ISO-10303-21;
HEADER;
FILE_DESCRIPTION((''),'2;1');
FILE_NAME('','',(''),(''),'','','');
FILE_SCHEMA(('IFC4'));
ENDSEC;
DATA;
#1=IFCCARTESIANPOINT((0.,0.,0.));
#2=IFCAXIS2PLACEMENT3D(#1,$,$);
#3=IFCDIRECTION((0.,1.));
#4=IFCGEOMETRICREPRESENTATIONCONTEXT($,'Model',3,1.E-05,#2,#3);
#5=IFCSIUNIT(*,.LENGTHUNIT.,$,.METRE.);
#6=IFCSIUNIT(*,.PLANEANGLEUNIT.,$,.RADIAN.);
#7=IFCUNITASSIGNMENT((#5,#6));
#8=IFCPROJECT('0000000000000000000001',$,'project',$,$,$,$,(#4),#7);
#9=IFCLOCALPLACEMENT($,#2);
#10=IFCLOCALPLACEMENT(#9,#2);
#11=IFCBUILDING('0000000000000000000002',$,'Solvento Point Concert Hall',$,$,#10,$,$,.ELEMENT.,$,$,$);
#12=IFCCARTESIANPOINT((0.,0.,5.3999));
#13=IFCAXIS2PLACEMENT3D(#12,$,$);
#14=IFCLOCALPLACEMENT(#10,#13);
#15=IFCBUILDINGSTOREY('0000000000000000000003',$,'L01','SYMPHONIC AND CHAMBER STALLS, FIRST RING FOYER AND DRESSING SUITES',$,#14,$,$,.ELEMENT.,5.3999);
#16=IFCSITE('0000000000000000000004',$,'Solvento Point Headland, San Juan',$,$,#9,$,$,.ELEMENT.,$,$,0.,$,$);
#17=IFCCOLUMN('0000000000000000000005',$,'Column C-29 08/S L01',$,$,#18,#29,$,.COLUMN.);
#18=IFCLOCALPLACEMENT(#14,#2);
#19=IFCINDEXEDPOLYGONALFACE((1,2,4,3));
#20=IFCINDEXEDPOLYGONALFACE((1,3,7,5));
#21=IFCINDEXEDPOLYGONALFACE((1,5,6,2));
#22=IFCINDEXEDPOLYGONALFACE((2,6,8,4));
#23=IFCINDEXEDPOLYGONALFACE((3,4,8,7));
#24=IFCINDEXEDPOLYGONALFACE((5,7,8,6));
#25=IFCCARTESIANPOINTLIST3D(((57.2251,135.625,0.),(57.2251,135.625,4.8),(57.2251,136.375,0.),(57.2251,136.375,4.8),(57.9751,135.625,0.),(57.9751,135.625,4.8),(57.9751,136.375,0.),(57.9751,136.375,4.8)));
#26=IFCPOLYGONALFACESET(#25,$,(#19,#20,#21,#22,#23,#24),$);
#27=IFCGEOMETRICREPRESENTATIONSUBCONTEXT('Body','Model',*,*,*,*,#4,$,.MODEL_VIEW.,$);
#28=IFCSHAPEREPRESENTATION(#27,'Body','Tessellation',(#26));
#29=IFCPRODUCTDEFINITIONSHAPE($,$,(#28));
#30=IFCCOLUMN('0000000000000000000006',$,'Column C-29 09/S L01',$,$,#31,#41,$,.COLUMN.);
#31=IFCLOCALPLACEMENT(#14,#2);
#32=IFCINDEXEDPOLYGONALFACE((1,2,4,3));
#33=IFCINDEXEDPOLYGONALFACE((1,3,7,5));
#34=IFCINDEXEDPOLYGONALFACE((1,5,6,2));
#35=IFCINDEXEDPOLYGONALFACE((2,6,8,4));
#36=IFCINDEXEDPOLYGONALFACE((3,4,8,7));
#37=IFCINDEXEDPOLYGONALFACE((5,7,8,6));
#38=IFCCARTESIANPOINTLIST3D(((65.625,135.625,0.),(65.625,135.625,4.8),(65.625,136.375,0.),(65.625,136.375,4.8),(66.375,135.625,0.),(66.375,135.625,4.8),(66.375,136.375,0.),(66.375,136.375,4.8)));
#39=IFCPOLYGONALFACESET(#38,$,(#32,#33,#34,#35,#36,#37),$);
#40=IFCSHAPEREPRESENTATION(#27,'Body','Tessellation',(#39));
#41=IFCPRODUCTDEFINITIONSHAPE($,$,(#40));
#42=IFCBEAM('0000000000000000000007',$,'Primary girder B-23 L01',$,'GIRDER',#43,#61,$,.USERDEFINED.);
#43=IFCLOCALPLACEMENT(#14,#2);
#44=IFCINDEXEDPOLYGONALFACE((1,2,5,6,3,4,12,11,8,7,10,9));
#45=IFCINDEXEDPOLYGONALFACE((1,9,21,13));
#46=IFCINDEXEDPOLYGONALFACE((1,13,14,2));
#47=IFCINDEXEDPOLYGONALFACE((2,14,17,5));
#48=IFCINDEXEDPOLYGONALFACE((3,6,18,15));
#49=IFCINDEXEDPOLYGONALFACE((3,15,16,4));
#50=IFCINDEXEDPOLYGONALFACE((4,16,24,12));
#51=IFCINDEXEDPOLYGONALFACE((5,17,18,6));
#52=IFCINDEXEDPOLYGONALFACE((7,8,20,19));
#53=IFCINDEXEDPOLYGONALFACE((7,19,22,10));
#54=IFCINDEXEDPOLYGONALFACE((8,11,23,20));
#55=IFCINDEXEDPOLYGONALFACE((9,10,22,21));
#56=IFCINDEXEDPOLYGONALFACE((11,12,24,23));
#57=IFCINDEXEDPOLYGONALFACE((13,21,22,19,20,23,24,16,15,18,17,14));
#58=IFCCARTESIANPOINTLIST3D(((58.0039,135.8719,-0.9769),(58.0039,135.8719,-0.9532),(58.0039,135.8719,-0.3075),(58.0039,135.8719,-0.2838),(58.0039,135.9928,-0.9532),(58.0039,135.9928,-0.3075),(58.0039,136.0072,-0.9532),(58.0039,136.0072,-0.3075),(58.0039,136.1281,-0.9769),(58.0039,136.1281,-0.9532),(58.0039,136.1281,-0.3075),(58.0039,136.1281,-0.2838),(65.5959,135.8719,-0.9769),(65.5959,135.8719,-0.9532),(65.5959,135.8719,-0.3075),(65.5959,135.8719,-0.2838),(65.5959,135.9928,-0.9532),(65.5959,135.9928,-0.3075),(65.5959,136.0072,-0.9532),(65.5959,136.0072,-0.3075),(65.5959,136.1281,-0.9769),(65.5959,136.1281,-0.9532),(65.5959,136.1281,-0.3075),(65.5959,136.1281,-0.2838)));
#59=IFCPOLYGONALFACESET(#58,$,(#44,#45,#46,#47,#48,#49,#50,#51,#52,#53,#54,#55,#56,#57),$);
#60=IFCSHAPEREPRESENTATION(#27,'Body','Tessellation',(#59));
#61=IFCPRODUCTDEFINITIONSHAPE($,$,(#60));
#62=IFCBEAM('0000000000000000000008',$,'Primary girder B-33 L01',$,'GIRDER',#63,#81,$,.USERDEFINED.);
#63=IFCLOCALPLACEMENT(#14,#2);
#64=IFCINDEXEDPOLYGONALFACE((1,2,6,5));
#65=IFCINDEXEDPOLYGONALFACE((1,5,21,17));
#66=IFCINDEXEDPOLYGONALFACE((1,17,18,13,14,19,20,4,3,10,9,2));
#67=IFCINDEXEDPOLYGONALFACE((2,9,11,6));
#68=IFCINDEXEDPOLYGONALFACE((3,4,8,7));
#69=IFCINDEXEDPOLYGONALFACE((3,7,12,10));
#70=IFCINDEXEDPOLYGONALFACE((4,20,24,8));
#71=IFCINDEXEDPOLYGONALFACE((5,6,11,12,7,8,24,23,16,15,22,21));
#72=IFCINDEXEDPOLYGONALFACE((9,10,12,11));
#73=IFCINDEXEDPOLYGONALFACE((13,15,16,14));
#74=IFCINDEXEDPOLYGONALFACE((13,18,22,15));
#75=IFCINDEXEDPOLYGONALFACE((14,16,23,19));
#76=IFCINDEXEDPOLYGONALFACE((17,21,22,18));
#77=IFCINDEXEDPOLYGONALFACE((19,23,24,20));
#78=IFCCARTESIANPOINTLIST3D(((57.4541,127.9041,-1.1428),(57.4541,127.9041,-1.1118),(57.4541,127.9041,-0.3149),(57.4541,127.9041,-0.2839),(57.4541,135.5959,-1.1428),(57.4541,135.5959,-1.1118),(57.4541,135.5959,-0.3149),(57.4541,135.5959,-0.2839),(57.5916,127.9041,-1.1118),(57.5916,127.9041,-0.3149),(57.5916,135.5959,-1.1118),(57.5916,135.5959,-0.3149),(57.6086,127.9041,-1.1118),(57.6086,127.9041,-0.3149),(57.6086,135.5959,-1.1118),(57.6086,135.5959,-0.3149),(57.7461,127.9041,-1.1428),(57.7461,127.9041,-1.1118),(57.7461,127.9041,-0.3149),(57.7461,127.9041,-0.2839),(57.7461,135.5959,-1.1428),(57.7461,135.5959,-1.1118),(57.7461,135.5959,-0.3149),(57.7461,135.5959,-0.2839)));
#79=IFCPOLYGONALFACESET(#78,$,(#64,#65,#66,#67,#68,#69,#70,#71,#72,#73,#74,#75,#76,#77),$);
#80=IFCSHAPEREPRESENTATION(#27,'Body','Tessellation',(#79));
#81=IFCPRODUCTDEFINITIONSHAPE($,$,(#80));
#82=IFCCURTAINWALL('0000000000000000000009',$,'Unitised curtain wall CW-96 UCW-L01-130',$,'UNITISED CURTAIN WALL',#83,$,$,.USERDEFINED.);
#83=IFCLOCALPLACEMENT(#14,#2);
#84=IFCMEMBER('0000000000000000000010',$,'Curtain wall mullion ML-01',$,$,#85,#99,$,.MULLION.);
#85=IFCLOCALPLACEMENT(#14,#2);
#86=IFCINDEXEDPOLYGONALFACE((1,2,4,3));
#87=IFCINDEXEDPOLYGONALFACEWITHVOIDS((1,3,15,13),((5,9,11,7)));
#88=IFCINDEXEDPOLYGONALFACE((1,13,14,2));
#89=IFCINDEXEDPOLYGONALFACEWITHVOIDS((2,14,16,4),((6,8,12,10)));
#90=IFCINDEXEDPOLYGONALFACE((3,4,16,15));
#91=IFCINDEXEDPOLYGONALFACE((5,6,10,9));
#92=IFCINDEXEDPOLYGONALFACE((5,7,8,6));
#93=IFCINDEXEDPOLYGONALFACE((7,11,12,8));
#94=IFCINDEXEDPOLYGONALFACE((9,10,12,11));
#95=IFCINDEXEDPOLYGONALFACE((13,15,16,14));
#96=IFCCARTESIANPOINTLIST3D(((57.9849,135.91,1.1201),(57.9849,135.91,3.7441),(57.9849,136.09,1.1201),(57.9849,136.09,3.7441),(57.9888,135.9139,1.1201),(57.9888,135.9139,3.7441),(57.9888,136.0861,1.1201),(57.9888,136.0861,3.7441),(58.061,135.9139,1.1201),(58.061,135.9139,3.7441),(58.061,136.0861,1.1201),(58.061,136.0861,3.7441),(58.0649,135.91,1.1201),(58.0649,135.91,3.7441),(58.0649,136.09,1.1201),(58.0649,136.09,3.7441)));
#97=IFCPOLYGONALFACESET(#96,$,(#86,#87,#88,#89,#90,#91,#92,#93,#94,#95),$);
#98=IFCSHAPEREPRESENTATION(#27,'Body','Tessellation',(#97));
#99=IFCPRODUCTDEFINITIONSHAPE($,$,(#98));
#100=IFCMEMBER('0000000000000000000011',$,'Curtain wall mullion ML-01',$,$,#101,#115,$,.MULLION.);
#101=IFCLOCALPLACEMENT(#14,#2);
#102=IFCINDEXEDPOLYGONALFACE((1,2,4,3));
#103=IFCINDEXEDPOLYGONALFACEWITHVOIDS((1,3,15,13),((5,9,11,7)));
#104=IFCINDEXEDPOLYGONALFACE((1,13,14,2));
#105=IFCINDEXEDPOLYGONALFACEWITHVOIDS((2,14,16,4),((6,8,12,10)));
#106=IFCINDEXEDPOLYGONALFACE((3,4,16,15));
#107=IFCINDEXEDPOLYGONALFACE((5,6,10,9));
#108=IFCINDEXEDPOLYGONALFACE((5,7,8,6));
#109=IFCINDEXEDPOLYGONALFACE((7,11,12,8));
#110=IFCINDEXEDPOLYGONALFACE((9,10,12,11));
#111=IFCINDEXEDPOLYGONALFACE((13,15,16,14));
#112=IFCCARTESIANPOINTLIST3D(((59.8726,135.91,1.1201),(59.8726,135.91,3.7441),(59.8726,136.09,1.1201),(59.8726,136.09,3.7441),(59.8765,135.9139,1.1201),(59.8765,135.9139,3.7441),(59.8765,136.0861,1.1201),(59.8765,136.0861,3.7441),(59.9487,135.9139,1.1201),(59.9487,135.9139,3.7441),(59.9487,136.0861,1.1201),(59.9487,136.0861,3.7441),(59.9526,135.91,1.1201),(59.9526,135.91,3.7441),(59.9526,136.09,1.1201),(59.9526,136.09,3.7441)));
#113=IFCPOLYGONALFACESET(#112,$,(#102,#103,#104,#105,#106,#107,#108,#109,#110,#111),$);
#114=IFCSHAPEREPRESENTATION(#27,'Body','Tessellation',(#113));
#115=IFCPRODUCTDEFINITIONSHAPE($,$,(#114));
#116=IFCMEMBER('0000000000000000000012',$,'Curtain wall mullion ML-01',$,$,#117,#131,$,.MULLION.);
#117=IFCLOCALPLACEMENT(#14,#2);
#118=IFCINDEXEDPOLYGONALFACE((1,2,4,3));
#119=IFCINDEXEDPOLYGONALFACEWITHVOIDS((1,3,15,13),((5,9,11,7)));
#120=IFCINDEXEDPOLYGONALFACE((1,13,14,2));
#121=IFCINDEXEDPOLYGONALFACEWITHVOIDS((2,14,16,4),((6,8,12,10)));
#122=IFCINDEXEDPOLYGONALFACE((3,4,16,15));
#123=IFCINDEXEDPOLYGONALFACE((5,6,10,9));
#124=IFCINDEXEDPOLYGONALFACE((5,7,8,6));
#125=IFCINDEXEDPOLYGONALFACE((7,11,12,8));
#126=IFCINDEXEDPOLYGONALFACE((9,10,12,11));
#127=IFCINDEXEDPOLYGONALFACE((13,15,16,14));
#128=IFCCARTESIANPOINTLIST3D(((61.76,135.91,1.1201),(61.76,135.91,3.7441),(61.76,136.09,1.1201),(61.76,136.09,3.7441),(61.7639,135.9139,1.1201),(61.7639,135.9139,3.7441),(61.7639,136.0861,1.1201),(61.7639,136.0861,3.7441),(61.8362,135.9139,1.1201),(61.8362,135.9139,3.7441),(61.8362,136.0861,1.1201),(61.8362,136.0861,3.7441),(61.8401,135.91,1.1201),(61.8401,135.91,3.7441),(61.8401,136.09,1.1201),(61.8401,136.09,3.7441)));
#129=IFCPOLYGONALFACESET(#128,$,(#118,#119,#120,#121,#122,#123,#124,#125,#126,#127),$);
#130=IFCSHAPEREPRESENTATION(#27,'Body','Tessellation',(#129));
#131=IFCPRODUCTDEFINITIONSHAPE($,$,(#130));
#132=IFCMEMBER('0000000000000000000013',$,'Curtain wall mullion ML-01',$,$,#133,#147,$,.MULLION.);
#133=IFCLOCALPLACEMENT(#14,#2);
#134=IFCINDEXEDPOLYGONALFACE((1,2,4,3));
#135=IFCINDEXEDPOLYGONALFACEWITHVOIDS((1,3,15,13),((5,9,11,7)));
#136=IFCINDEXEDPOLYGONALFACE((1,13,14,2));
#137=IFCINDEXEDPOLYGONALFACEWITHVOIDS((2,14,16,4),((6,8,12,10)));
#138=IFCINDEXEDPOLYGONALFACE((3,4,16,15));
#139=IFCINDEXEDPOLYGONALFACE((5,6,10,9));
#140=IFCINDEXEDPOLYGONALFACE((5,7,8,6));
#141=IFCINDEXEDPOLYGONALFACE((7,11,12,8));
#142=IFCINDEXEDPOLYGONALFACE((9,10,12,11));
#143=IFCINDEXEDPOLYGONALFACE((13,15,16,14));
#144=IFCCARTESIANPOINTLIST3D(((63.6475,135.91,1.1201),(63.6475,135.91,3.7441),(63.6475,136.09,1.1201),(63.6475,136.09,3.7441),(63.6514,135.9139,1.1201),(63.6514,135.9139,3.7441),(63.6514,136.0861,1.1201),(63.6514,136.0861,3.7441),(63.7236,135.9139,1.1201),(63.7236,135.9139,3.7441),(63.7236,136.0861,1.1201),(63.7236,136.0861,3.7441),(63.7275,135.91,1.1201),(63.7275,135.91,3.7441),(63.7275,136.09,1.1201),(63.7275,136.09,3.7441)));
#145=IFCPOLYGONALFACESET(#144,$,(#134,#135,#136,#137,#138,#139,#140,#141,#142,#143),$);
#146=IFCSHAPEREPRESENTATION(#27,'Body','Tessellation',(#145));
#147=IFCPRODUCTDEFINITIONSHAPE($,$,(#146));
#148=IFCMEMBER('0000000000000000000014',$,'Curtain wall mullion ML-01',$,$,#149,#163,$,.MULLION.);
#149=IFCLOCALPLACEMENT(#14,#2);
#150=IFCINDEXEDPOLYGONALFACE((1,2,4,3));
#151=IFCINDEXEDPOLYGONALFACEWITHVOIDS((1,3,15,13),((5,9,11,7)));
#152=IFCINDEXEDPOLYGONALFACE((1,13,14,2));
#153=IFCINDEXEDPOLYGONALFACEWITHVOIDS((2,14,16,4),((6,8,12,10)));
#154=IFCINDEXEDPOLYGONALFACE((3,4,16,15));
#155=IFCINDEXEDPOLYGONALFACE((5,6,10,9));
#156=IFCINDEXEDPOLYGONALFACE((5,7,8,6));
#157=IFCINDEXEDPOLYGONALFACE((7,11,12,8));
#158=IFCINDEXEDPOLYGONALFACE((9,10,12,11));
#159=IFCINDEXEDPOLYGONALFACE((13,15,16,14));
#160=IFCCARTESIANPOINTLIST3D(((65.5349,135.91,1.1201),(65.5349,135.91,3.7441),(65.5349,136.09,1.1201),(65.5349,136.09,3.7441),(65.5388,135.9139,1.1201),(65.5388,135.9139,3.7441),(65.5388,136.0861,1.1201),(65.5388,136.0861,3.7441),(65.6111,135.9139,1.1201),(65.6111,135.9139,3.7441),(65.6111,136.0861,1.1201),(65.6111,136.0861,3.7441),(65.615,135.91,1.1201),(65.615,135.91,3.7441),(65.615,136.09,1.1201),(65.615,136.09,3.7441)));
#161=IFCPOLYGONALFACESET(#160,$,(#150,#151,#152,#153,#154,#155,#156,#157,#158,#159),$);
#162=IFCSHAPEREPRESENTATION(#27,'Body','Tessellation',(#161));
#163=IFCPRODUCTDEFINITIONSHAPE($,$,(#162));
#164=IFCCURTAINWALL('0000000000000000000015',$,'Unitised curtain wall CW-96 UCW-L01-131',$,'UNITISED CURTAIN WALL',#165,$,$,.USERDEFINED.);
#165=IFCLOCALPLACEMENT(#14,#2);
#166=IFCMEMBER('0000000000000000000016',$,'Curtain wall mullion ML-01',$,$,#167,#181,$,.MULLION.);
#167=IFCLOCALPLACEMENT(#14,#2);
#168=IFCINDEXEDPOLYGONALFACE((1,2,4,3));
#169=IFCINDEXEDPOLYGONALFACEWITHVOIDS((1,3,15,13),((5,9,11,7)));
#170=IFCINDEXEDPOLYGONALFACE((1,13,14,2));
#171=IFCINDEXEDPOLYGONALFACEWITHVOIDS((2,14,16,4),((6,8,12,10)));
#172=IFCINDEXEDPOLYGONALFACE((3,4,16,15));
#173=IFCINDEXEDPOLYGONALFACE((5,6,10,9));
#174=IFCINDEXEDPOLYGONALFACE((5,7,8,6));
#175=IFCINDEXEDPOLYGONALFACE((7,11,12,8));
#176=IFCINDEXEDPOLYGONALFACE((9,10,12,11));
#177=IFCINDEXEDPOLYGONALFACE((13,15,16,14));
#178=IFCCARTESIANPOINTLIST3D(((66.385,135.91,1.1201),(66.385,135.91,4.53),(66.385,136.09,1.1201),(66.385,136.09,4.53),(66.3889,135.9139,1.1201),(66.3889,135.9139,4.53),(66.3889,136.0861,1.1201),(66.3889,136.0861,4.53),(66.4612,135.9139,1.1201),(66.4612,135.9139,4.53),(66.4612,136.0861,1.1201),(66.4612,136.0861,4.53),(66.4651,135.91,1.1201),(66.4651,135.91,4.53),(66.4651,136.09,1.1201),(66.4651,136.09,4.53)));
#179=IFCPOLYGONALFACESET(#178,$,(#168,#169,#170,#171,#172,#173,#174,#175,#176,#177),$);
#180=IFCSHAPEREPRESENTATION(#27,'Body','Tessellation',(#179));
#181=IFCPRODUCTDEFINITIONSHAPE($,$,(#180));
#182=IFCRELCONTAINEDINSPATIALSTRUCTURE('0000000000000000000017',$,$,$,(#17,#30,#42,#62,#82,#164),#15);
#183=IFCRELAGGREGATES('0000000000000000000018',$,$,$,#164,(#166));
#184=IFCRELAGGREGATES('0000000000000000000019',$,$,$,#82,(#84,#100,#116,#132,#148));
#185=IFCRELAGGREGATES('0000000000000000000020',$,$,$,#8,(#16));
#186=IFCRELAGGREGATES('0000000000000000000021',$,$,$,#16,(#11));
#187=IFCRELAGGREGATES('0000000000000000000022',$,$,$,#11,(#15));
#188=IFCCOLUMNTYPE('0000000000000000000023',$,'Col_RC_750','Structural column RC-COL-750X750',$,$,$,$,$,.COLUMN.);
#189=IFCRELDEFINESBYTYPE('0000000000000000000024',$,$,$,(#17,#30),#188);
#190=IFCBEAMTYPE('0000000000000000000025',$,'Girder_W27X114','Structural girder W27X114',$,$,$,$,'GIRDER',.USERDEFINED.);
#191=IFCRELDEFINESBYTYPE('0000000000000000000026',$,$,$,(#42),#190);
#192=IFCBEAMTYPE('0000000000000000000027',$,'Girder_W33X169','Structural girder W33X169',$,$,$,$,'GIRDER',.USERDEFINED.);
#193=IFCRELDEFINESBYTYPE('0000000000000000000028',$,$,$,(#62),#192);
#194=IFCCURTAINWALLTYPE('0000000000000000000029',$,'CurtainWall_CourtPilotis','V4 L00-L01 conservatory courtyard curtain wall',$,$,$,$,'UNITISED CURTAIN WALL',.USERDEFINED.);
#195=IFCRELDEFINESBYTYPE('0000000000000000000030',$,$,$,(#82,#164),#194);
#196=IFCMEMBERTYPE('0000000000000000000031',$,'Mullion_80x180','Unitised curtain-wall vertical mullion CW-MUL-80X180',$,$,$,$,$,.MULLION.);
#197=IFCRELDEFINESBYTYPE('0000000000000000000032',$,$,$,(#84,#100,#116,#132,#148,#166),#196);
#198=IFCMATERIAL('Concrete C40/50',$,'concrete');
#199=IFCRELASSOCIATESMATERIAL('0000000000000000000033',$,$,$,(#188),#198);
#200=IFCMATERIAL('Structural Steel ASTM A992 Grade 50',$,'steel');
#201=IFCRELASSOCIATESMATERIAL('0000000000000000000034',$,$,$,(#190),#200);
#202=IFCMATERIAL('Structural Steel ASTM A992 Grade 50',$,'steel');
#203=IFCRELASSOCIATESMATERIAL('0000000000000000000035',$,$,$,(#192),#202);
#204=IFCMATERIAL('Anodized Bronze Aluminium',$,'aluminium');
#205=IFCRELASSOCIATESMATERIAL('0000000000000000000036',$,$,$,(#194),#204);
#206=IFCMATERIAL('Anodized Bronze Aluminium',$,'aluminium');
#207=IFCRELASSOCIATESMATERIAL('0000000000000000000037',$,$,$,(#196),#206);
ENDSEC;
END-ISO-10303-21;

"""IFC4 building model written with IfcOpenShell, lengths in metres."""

from ifc_helpers import new_model, si_unit, direction, frame, origin, origin_2d, place, context, subcontext, project, spatial, rectangle, hollow_rectangle, i_section, extrude, material, material_profile, profile_set, type_object, element, aggregate, save


model = new_model("IFC4")

# Units and contexts
model_context = context("Model", 3, precision=1e-05, world=origin(), true_north=direction((0.0, 1.0)))
body_context = subcontext(model_context, "Body", "Model", "MODEL_VIEW")
ifc_project = project(units=[si_unit("LENGTHUNIT", "METRE"), si_unit("PLANEANGLEUNIT", "RADIAN")], contexts=[model_context])

# Site, building, storey
site_placement = place(None, origin())
site = spatial("IfcSite", under=ifc_project, at=site_placement, Name="Solvento Point Headland, San Juan", CompositionType="ELEMENT", RefElevation=0.0)
building_placement = place(site_placement, origin())
building = spatial("IfcBuilding", under=site, at=building_placement, Name="Solvento Point Concert Hall", CompositionType="ELEMENT")
storey_placement = place(building_placement, frame((0.0, 0.0, 5.3999)))
storey = spatial("IfcBuildingStorey", under=building, at=storey_placement, Name="L01", Description="SYMPHONIC AND CHAMBER STALLS, FIRST RING FOYER AND DRESSING SUITES", CompositionType="ELEMENT", Elevation=5.3999)

# Columns
ifc_material_1 = material(Name="Concrete C40/50", Category="concrete")
ifc_material_profile_1 = material_profile(ifc_material_1, rectangle(XDim=0.75, YDim=0.75, at=origin_2d()), Name="RC-COL-750X750")
ifc_profile_set_1 = profile_set([ifc_material_profile_1], Name="Concrete C40/50")
column_type = type_object("IfcColumnType", Name="Col_RC_750", Description="Structural column RC-COL-750X750", PredefinedType="COLUMN", material=ifc_profile_set_1)
for number, where, z_axis, x_axis, name in (
    (1, (57.6001, 136.0, 0.0), (0.0, 0.0, 1.0), (1.0, 0.0, 0.0), "Column C-29 08/S L01"),
    (2, (66.0, 136.0, 0.0), (0.0, 0.0, 1.0), (1.0, 0.0, 0.0), "Column C-29 09/S L01"),
):
    element("IfcColumn", number, at=place(storey_placement, frame(where, z_axis=z_axis, x_axis=x_axis)), inside=storey, type_object=column_type, Name=name, PredefinedType="COLUMN", context=body_context, shape_type="SweptSolid", body=[
        extrude(rectangle(XDim=0.75, YDim=0.75, at=origin_2d()), origin(), (0.0, 0.0, 1.0), 4.8),
    ])

# Beams
ifc_material_2 = material(Name="Structural Steel ASTM A992 Grade 50", Category="steel")
ifc_material_profile_2 = material_profile(ifc_material_2, i_section(OverallWidth=0.2561, OverallDepth=0.6931, WebThickness=0.0144, FlangeThickness=0.0237, at=origin_2d()), Name="W27X114")
ifc_profile_set_2 = profile_set([ifc_material_profile_2], Name="Structural Steel ASTM A992 Grade 50")
beam_type_1 = type_object("IfcBeamType", Name="Girder_W27X114", Description="Structural girder W27X114", ElementType="GIRDER", PredefinedType="USERDEFINED", material=ifc_profile_set_2)
beam_1_placement = place(storey_placement, frame((58.0039, 136.0, -0.6304), z_axis=(1.0, 0.0, 0.0), x_axis=(0.0, 1.0, 0.0)))
element("IfcBeam", 3, at=beam_1_placement, inside=storey, type_object=beam_type_1, Name="Primary girder B-23 L01", ObjectType="GIRDER", PredefinedType="USERDEFINED", context=body_context, shape_type="SweptSolid", body=[
    extrude(i_section(OverallWidth=0.2561, OverallDepth=0.6931, WebThickness=0.0144, FlangeThickness=0.0237, at=origin_2d()), origin(), (0.0, 0.0, 1.0), 7.592),
])
ifc_material_3 = material(Name="Structural Steel ASTM A992 Grade 50", Category="steel")
ifc_material_profile_3 = material_profile(ifc_material_3, i_section(OverallWidth=0.292, OverallDepth=0.8589, WebThickness=0.0171, FlangeThickness=0.031, at=origin_2d()), Name="W33X169")
ifc_profile_set_3 = profile_set([ifc_material_profile_3], Name="Structural Steel ASTM A992 Grade 50")
beam_type_2 = type_object("IfcBeamType", Name="Girder_W33X169", Description="Structural girder W33X169", ElementType="GIRDER", PredefinedType="USERDEFINED", material=ifc_profile_set_3)
beam_2_placement = place(storey_placement, frame((57.6001, 127.9041, -0.7134), z_axis=(0.0, 1.0, 0.0), x_axis=(-1.0, 0.0, 0.0)))
element("IfcBeam", 4, at=beam_2_placement, inside=storey, type_object=beam_type_2, Name="Primary girder B-33 L01", ObjectType="GIRDER", PredefinedType="USERDEFINED", context=body_context, shape_type="SweptSolid", body=[
    extrude(i_section(OverallWidth=0.292, OverallDepth=0.8589, WebThickness=0.0171, FlangeThickness=0.031, at=origin_2d()), origin(), (0.0, 0.0, 1.0), 7.6919),
])

# Curtain wall, members
ifc_material_4 = material(Name="Anodized Bronze Aluminium", Category="aluminium")
curtain_wall_type = type_object("IfcCurtainWallType", Name="CurtainWall_CourtPilotis", Description="V4 L00-L01 conservatory courtyard curtain wall", ElementType="UNITISED CURTAIN WALL", PredefinedType="USERDEFINED", material=ifc_material_4)
curtain_wall_1_placement = place(storey_placement, origin())
curtain_wall_1 = element("IfcCurtainWall", 5, at=curtain_wall_1_placement, inside=storey, type_object=curtain_wall_type, Name="Unitised curtain wall CW-96 UCW-L01-130", ObjectType="UNITISED CURTAIN WALL", PredefinedType="USERDEFINED")
ifc_material_5 = material(Name="Anodized Bronze Aluminium", Category="aluminium")
ifc_material_profile_4 = material_profile(ifc_material_5, hollow_rectangle(XDim=0.0801, YDim=0.1799, WallThickness=0.0039, at=origin_2d()), Name="CW-MUL-80X180")
ifc_profile_set_4 = profile_set([ifc_material_profile_4], Name="Anodized Bronze Aluminium")
member_type_1 = type_object("IfcMemberType", Name="Mullion_80x180", Description="Unitised curtain-wall vertical mullion CW-MUL-80X180", PredefinedType="MULLION", material=ifc_profile_set_4)
member_1_placement = place(storey_placement, frame((58.0249, 136.0, 1.1201), z_axis=(0.0, 0.0, 1.0), x_axis=(1.0, 0.0, 0.0)))
member_1 = element("IfcMember", 6, at=member_1_placement, type_object=member_type_1, Name="Curtain wall mullion ML-01", PredefinedType="MULLION", context=body_context, shape_type="SweptSolid", body=[
    extrude(hollow_rectangle(XDim=0.0801, YDim=0.1799, WallThickness=0.0039, at=origin_2d()), origin(), (0.0, 0.0, 1.0), 2.624),
])
member_2_placement = place(storey_placement, frame((59.9126, 136.0, 1.1201), z_axis=(0.0, 0.0, 1.0), x_axis=(1.0, 0.0, 0.0)))
member_2 = element("IfcMember", 7, at=member_2_placement, type_object=member_type_1, Name="Curtain wall mullion ML-01", PredefinedType="MULLION", context=body_context, shape_type="SweptSolid", body=[
    extrude(hollow_rectangle(XDim=0.0801, YDim=0.1799, WallThickness=0.0039, at=origin_2d()), origin(), (0.0, 0.0, 1.0), 2.624),
])
member_3_placement = place(storey_placement, frame((61.8, 136.0, 1.1201), z_axis=(0.0, 0.0, 1.0), x_axis=(1.0, 0.0, 0.0)))
member_3 = element("IfcMember", 8, at=member_3_placement, type_object=member_type_1, Name="Curtain wall mullion ML-01", PredefinedType="MULLION", context=body_context, shape_type="SweptSolid", body=[
    extrude(hollow_rectangle(XDim=0.0801, YDim=0.1799, WallThickness=0.0039, at=origin_2d()), origin(), (0.0, 0.0, 1.0), 2.624),
])
member_4_placement = place(storey_placement, frame((63.6875, 136.0, 1.1201), z_axis=(0.0, 0.0, 1.0), x_axis=(1.0, 0.0, 0.0)))
member_4 = element("IfcMember", 9, at=member_4_placement, type_object=member_type_1, Name="Curtain wall mullion ML-01", PredefinedType="MULLION", context=body_context, shape_type="SweptSolid", body=[
    extrude(hollow_rectangle(XDim=0.0801, YDim=0.1799, WallThickness=0.0039, at=origin_2d()), origin(), (0.0, 0.0, 1.0), 2.624),
])
member_5_placement = place(storey_placement, frame((65.575, 136.0, 1.1201), z_axis=(0.0, 0.0, 1.0), x_axis=(1.0, 0.0, 0.0)))
member_5 = element("IfcMember", 10, at=member_5_placement, type_object=member_type_1, Name="Curtain wall mullion ML-01", PredefinedType="MULLION", context=body_context, shape_type="SweptSolid", body=[
    extrude(hollow_rectangle(XDim=0.0801, YDim=0.1799, WallThickness=0.0039, at=origin_2d()), origin(), (0.0, 0.0, 1.0), 2.624),
])

# Curtain wall, member
curtain_wall_2_placement = place(storey_placement, origin())
curtain_wall_2 = element("IfcCurtainWall", 11, at=curtain_wall_2_placement, inside=storey, type_object=curtain_wall_type, Name="Unitised curtain wall CW-96 UCW-L01-131", ObjectType="UNITISED CURTAIN WALL", PredefinedType="USERDEFINED")
member_6_placement = place(storey_placement, frame((66.425, 136.0, 1.1201), z_axis=(0.0, 0.0, 1.0), x_axis=(1.0, 0.0, 0.0)))
member_6 = element("IfcMember", 12, at=member_6_placement, type_object=member_type_1, Name="Curtain wall mullion ML-01", PredefinedType="MULLION", context=body_context, shape_type="SweptSolid", body=[
    extrude(hollow_rectangle(XDim=0.0801, YDim=0.1799, WallThickness=0.0039, at=origin_2d()), origin(), (0.0, 0.0, 1.0), 3.4099),
])
aggregate(curtain_wall_2, [member_6])

aggregate(curtain_wall_1, [member_1, member_2, member_3, member_4, member_5])

save(model, "model.ifc")
